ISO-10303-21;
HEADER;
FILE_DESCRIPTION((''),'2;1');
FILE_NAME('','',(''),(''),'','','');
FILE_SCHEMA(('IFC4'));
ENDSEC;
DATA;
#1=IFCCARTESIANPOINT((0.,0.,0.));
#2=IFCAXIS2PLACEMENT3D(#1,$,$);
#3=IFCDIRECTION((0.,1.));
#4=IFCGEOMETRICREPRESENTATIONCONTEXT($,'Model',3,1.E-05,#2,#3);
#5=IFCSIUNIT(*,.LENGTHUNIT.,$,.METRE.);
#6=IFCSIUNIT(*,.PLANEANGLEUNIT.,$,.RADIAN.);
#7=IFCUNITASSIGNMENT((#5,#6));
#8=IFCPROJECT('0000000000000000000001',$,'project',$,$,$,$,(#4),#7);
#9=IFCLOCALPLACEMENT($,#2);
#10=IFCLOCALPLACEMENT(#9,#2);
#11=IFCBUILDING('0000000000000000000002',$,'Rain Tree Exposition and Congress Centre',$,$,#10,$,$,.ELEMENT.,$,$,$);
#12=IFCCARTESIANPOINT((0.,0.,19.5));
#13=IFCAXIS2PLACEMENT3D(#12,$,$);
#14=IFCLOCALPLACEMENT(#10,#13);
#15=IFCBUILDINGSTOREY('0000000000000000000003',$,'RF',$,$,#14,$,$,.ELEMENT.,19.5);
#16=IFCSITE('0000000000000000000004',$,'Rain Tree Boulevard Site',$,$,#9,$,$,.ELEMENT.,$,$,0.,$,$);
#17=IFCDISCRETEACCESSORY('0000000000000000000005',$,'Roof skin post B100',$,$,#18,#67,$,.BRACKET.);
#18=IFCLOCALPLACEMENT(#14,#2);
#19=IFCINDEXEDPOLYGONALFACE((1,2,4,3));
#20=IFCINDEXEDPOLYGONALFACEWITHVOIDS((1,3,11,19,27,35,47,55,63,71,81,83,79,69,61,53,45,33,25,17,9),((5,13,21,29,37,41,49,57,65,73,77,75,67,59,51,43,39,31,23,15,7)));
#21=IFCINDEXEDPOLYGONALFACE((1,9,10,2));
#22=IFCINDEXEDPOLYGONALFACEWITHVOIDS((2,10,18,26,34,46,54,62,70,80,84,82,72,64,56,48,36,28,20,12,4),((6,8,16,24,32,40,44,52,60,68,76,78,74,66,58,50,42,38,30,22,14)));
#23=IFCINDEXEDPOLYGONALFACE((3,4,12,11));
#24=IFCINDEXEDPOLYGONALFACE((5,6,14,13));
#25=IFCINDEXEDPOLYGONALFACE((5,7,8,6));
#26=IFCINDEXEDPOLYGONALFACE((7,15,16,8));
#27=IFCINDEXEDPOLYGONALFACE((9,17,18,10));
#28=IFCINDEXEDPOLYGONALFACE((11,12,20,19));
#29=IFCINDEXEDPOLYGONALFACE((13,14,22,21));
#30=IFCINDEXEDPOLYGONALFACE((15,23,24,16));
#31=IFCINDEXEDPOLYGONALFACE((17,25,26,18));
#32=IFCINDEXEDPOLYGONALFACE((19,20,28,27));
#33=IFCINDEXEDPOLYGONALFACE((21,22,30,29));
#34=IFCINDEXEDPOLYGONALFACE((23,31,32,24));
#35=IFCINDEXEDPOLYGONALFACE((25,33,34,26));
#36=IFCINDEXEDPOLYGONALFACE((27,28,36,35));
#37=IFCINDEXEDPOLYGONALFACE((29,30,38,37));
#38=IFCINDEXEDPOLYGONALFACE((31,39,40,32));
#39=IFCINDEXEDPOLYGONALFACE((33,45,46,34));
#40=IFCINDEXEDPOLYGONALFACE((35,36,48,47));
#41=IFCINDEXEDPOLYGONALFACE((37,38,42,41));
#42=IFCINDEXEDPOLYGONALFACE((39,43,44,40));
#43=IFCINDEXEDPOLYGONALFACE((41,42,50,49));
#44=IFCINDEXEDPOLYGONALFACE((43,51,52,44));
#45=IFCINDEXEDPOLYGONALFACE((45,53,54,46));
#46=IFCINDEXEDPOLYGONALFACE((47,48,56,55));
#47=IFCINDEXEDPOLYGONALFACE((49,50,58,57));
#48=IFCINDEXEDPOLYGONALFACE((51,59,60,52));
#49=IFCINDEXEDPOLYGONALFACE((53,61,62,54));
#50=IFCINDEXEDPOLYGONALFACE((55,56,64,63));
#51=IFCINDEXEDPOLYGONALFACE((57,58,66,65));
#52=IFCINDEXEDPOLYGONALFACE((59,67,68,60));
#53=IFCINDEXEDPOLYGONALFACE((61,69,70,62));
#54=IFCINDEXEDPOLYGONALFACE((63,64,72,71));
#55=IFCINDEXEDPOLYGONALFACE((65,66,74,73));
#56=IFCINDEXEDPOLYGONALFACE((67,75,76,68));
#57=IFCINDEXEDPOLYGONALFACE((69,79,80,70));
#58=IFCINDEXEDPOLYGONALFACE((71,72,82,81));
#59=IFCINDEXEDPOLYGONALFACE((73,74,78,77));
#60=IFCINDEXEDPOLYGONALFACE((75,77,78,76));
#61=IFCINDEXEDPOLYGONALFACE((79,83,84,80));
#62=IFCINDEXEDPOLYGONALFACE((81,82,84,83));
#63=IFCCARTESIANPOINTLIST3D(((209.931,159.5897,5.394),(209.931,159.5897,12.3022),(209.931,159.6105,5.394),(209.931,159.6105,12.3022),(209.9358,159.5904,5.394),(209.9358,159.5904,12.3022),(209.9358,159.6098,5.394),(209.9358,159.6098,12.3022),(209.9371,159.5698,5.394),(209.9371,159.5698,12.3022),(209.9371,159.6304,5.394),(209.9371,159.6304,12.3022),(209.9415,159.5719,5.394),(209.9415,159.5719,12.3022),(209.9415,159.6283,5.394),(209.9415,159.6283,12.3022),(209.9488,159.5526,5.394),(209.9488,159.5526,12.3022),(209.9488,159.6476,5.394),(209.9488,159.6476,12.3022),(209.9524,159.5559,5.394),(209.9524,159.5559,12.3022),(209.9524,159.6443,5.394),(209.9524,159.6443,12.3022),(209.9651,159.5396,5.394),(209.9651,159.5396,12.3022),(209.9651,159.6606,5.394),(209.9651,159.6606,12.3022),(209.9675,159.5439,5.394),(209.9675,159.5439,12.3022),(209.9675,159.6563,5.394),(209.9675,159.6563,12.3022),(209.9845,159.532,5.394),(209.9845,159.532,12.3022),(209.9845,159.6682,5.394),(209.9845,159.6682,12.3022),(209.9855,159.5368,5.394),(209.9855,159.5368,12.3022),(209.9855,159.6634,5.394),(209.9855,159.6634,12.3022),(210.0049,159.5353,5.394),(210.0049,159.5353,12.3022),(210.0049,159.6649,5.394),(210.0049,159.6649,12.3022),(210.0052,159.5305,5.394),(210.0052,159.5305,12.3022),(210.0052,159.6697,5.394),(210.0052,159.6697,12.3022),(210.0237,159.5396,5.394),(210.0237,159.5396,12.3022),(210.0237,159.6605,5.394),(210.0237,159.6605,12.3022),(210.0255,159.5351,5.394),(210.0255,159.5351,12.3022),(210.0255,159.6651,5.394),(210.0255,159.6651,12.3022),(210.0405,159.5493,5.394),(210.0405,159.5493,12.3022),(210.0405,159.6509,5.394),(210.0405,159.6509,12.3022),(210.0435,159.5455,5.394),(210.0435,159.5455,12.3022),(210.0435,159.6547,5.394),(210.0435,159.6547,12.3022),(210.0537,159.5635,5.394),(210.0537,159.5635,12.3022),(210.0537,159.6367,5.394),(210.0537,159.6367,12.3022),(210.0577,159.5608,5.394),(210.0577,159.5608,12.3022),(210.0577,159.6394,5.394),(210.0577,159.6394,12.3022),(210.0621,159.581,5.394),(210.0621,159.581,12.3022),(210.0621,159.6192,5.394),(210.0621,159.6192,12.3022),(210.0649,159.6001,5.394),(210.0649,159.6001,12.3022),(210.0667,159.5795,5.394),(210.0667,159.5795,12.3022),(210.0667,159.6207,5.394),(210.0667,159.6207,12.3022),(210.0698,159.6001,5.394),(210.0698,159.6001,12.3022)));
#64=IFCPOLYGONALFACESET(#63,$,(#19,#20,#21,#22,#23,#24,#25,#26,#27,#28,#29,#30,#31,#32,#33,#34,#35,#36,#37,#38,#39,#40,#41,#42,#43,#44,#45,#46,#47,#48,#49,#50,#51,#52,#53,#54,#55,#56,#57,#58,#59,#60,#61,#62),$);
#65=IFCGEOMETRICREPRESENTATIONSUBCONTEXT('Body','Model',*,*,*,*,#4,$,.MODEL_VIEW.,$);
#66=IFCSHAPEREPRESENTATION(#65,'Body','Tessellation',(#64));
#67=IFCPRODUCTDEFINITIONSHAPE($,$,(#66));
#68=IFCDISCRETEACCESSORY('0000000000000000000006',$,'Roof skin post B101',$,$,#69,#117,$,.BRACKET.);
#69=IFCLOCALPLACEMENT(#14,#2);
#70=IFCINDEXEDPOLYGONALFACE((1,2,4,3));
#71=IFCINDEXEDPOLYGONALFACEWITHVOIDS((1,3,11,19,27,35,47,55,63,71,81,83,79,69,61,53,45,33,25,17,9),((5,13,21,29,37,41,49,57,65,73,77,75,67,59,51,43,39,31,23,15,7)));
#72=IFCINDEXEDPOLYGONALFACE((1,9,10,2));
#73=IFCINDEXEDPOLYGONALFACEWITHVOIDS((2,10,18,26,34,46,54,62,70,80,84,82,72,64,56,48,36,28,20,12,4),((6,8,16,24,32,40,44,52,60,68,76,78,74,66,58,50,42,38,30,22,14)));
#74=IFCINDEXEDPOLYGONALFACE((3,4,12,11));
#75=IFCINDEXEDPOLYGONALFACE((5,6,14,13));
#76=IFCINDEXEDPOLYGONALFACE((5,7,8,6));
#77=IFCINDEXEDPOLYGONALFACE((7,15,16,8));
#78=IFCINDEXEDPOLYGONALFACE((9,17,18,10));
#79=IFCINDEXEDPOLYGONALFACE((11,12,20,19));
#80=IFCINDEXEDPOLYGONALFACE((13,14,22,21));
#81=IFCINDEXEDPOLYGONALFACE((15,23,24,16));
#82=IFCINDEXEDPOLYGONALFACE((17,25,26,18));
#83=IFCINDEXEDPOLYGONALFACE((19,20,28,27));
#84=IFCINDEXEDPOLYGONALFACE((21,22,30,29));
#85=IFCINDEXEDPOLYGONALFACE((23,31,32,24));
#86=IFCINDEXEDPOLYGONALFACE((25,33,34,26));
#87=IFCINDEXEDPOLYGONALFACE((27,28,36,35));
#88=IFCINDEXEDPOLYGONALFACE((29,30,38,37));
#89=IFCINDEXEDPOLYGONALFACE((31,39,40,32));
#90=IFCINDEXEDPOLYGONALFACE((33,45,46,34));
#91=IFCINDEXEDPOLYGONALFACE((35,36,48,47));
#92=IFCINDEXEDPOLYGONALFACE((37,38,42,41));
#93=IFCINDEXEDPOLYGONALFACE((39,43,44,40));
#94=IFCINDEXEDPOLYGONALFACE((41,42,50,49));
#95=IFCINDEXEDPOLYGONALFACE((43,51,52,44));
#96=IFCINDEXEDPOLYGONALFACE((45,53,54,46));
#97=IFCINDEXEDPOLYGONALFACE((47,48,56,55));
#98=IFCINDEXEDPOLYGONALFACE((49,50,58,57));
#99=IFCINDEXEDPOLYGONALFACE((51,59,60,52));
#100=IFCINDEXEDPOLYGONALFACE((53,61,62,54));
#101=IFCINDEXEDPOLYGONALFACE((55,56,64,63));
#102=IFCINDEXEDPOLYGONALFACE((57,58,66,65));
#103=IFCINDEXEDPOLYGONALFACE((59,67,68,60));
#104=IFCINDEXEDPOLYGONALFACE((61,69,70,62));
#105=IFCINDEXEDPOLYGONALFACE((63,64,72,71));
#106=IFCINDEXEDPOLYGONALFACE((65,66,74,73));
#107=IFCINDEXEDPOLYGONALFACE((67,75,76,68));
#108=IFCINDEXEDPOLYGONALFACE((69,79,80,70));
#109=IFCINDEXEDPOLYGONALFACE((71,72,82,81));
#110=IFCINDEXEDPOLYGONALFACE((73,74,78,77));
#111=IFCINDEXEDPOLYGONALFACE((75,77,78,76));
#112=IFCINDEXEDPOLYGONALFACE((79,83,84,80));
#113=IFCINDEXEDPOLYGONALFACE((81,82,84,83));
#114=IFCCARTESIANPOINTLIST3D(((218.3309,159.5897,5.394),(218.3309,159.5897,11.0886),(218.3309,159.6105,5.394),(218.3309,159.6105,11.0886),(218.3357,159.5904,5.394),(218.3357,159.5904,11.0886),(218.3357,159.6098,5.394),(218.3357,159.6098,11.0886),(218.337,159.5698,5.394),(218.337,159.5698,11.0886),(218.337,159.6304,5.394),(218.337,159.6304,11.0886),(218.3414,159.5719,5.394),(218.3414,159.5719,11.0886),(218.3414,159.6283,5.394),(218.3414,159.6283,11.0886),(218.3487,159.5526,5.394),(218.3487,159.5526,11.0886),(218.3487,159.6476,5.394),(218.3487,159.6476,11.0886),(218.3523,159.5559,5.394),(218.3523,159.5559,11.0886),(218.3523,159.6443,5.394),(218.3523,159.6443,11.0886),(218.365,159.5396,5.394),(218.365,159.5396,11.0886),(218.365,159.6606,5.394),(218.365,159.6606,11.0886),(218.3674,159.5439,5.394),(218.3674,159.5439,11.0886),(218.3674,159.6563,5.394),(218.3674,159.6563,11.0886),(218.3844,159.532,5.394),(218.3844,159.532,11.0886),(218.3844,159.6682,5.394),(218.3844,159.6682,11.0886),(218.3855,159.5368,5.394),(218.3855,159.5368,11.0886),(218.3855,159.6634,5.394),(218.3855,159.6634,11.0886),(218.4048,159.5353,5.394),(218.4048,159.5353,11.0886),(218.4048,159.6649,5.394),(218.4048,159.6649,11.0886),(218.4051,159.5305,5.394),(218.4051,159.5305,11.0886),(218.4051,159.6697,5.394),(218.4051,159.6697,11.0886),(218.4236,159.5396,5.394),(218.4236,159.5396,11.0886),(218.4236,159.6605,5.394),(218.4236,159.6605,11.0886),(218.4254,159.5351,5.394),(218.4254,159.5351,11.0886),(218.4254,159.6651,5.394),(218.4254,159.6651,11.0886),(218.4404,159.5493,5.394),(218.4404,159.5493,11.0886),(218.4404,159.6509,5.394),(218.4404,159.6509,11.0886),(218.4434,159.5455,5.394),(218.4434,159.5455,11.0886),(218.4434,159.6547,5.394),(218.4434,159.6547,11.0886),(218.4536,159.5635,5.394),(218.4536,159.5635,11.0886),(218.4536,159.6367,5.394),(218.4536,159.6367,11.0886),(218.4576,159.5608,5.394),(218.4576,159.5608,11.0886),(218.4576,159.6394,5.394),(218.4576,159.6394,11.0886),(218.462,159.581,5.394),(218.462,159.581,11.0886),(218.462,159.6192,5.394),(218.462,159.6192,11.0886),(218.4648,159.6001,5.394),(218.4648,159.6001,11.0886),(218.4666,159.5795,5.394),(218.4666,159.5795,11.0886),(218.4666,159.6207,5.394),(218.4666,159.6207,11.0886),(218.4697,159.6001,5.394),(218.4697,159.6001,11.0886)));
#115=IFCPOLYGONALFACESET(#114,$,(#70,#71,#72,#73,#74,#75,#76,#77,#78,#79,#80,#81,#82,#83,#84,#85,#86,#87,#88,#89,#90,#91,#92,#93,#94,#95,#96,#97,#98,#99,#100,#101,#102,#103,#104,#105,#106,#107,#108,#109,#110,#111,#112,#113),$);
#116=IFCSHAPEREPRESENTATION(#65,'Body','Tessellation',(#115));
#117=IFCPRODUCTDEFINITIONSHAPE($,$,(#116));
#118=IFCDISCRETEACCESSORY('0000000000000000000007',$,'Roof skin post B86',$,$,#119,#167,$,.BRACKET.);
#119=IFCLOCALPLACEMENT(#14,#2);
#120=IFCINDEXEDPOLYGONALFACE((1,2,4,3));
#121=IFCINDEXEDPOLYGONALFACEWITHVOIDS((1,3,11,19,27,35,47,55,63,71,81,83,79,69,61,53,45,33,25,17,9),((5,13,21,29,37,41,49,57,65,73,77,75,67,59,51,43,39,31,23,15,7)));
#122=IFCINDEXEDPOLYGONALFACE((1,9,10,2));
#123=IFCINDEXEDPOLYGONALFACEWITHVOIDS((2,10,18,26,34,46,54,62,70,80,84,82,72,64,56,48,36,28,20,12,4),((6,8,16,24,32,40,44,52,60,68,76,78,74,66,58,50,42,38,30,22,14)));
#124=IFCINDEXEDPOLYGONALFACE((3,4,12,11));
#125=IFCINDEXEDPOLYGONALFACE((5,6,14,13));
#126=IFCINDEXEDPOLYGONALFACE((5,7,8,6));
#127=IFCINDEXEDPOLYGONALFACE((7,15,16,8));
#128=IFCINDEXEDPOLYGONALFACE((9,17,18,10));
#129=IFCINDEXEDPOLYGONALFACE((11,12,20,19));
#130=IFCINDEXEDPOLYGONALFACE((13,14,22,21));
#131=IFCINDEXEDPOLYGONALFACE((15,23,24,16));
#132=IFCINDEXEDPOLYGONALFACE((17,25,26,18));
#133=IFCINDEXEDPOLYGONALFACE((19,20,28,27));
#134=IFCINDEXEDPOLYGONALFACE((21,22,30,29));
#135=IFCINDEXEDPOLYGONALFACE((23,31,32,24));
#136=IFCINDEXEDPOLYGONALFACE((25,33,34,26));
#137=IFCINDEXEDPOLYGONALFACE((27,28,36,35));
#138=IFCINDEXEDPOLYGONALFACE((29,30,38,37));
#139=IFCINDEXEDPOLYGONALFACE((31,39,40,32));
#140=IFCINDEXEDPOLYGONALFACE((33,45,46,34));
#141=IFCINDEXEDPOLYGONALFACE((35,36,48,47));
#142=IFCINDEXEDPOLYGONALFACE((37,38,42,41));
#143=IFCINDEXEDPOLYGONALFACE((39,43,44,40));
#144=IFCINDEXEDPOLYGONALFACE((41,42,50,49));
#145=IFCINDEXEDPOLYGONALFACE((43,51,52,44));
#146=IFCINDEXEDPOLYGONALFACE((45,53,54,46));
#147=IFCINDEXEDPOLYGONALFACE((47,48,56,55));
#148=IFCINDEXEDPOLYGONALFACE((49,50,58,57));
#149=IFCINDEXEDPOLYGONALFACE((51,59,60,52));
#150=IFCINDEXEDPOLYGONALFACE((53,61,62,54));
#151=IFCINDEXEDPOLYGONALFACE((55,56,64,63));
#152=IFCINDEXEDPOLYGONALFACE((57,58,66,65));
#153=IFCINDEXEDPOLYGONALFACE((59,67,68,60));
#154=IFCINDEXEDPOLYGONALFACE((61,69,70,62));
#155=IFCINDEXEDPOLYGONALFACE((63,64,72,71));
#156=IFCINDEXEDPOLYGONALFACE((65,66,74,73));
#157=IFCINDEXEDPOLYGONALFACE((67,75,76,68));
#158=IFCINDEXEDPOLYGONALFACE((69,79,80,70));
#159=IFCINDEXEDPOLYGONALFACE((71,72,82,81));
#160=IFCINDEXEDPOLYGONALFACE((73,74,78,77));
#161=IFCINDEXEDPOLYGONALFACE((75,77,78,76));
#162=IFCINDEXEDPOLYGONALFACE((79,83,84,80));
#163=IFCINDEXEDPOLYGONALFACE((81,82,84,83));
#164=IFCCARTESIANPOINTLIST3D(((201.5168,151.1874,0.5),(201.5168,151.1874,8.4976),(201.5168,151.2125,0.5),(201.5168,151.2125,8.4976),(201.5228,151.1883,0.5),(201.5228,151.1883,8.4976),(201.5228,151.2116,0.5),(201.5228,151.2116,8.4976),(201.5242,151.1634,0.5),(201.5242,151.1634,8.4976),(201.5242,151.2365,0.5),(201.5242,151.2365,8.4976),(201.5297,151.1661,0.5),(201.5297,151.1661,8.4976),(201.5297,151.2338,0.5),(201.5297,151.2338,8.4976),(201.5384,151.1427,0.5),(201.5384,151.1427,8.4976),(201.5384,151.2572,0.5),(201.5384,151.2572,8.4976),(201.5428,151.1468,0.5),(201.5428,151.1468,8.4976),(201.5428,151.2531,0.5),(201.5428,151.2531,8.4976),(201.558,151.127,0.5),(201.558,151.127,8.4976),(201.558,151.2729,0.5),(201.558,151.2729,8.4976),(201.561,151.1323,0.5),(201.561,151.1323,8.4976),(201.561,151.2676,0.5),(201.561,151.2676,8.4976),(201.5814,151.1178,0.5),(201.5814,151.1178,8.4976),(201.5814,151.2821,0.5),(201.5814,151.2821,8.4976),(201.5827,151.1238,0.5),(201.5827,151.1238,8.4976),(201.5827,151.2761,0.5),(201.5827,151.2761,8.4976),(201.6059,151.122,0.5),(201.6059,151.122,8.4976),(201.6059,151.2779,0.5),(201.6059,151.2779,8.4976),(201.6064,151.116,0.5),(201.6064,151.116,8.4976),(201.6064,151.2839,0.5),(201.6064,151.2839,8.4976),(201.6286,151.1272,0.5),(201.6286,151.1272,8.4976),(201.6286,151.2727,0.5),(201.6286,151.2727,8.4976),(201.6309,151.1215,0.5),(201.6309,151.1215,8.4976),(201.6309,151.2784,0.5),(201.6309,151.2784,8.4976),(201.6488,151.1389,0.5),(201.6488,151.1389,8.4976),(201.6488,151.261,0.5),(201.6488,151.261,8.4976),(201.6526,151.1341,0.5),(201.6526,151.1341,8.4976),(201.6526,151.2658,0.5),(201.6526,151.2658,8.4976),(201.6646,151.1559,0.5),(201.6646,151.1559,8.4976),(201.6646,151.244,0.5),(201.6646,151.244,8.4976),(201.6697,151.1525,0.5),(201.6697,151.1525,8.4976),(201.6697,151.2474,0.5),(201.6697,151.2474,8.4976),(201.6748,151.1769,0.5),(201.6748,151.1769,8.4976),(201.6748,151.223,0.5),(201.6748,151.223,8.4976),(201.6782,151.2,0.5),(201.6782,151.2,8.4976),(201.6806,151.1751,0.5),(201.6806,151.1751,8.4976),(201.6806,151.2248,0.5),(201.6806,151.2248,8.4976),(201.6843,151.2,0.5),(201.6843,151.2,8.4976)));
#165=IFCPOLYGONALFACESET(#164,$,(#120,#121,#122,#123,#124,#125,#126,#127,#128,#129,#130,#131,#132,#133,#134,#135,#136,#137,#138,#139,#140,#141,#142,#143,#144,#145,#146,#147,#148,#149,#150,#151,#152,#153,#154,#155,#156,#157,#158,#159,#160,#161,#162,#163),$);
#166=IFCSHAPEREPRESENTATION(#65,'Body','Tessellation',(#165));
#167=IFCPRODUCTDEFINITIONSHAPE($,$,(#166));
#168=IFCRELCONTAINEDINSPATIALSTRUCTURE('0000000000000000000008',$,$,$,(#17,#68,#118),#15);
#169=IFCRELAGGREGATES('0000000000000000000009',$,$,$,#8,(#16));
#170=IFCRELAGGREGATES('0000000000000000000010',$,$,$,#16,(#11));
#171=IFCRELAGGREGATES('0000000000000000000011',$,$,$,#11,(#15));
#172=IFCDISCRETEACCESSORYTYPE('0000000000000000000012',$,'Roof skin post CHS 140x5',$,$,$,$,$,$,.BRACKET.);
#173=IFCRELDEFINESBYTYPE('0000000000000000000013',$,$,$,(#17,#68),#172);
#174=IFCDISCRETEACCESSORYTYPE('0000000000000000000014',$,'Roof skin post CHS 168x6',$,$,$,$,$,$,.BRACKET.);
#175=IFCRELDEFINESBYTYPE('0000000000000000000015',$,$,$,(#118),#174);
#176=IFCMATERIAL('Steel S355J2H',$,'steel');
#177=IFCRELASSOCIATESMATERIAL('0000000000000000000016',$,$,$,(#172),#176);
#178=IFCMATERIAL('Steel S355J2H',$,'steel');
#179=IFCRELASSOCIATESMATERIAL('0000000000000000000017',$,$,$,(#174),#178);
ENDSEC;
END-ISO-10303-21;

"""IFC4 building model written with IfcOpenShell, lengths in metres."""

from ifc_helpers import new_model, si_unit, direction, frame, origin, origin_2d, place, context, subcontext, project, spatial, hollow_circle, extrude, material, material_profile, profile_set, type_object, element, save


model = new_model("IFC4")

# Units and contexts
model_context = context("Model", 3, precision=1e-05, world=origin(), true_north=direction((0.0, 1.0)))
body_context = subcontext(model_context, "Body", "Model", "MODEL_VIEW")
ifc_project = project(units=[si_unit("LENGTHUNIT", "METRE"), si_unit("PLANEANGLEUNIT", "RADIAN")], contexts=[model_context])

# Site, building, storey
site_placement = place(None, origin())
site = spatial("IfcSite", under=ifc_project, at=site_placement, Name="Rain Tree Boulevard Site", CompositionType="ELEMENT", RefElevation=0.0)
building_placement = place(site_placement, origin())
building = spatial("IfcBuilding", under=site, at=building_placement, Name="Rain Tree Exposition and Congress Centre", CompositionType="ELEMENT")
storey_placement = place(building_placement, frame((0.0, 0.0, 19.5)))
storey = spatial("IfcBuildingStorey", under=building, at=storey_placement, Name="RF", CompositionType="ELEMENT", Elevation=19.5)

# Discrete accessories
ifc_material_1 = material(Name="Steel S355J2H", Category="steel")
ifc_material_profile_1 = material_profile(ifc_material_1, hollow_circle(Radius=0.0698, WallThickness=0.0049, at=origin_2d()), Name="CHS 140x5")
ifc_profile_set_1 = profile_set([ifc_material_profile_1], Name="Steel S355J2H")
discrete_accessory_type_1 = type_object("IfcDiscreteAccessoryType", Name="Roof skin post CHS 140x5", PredefinedType="BRACKET", material=ifc_profile_set_1)
discrete_accessory_1_placement = place(storey_placement, frame((210.0, 159.6001, 5.394), z_axis=(0.0, 0.0, 1.0), x_axis=(1.0, 0.0, 0.0)))
element("IfcDiscreteAccessory", 1, at=discrete_accessory_1_placement, inside=storey, type_object=discrete_accessory_type_1, Name="Roof skin post B100", PredefinedType="BRACKET", context=body_context, shape_type="SweptSolid", body=[
    extrude(hollow_circle(Radius=0.0698, WallThickness=0.0049, at=origin_2d()), origin(), (0.0, 0.0, 1.0), 6.9082),
])
discrete_accessory_2_placement = place(storey_placement, frame((218.3999, 159.6001, 5.394), z_axis=(0.0, 0.0, 1.0), x_axis=(1.0, 0.0, 0.0)))
element("IfcDiscreteAccessory", 2, at=discrete_accessory_2_placement, inside=storey, type_object=discrete_accessory_type_1, Name="Roof skin post B101", PredefinedType="BRACKET", context=body_context, shape_type="SweptSolid", body=[
    extrude(hollow_circle(Radius=0.0698, WallThickness=0.0049, at=origin_2d()), origin(), (0.0, 0.0, 1.0), 5.6946),
])
ifc_material_2 = material(Name="Steel S355J2H", Category="steel")
ifc_material_profile_2 = material_profile(ifc_material_2, hollow_circle(Radius=0.0842, WallThickness=0.0061, at=origin_2d()), Name="CHS 168x6")
ifc_profile_set_2 = profile_set([ifc_material_profile_2], Name="Steel S355J2H")
discrete_accessory_type_2 = type_object("IfcDiscreteAccessoryType", Name="Roof skin post CHS 168x6", PredefinedType="BRACKET", material=ifc_profile_set_2)
discrete_accessory_3_placement = place(storey_placement, frame((201.6001, 151.2, 0.5), z_axis=(0.0, 0.0, 1.0), x_axis=(1.0, 0.0, 0.0)))
element("IfcDiscreteAccessory", 3, at=discrete_accessory_3_placement, inside=storey, type_object=discrete_accessory_type_2, Name="Roof skin post B86", PredefinedType="BRACKET", context=body_context, shape_type="SweptSolid", body=[
    extrude(hollow_circle(Radius=0.0842, WallThickness=0.0061, at=origin_2d()), origin(), (0.0, 0.0, 1.0), 7.9976),
])

save(model, "model.ifc")
